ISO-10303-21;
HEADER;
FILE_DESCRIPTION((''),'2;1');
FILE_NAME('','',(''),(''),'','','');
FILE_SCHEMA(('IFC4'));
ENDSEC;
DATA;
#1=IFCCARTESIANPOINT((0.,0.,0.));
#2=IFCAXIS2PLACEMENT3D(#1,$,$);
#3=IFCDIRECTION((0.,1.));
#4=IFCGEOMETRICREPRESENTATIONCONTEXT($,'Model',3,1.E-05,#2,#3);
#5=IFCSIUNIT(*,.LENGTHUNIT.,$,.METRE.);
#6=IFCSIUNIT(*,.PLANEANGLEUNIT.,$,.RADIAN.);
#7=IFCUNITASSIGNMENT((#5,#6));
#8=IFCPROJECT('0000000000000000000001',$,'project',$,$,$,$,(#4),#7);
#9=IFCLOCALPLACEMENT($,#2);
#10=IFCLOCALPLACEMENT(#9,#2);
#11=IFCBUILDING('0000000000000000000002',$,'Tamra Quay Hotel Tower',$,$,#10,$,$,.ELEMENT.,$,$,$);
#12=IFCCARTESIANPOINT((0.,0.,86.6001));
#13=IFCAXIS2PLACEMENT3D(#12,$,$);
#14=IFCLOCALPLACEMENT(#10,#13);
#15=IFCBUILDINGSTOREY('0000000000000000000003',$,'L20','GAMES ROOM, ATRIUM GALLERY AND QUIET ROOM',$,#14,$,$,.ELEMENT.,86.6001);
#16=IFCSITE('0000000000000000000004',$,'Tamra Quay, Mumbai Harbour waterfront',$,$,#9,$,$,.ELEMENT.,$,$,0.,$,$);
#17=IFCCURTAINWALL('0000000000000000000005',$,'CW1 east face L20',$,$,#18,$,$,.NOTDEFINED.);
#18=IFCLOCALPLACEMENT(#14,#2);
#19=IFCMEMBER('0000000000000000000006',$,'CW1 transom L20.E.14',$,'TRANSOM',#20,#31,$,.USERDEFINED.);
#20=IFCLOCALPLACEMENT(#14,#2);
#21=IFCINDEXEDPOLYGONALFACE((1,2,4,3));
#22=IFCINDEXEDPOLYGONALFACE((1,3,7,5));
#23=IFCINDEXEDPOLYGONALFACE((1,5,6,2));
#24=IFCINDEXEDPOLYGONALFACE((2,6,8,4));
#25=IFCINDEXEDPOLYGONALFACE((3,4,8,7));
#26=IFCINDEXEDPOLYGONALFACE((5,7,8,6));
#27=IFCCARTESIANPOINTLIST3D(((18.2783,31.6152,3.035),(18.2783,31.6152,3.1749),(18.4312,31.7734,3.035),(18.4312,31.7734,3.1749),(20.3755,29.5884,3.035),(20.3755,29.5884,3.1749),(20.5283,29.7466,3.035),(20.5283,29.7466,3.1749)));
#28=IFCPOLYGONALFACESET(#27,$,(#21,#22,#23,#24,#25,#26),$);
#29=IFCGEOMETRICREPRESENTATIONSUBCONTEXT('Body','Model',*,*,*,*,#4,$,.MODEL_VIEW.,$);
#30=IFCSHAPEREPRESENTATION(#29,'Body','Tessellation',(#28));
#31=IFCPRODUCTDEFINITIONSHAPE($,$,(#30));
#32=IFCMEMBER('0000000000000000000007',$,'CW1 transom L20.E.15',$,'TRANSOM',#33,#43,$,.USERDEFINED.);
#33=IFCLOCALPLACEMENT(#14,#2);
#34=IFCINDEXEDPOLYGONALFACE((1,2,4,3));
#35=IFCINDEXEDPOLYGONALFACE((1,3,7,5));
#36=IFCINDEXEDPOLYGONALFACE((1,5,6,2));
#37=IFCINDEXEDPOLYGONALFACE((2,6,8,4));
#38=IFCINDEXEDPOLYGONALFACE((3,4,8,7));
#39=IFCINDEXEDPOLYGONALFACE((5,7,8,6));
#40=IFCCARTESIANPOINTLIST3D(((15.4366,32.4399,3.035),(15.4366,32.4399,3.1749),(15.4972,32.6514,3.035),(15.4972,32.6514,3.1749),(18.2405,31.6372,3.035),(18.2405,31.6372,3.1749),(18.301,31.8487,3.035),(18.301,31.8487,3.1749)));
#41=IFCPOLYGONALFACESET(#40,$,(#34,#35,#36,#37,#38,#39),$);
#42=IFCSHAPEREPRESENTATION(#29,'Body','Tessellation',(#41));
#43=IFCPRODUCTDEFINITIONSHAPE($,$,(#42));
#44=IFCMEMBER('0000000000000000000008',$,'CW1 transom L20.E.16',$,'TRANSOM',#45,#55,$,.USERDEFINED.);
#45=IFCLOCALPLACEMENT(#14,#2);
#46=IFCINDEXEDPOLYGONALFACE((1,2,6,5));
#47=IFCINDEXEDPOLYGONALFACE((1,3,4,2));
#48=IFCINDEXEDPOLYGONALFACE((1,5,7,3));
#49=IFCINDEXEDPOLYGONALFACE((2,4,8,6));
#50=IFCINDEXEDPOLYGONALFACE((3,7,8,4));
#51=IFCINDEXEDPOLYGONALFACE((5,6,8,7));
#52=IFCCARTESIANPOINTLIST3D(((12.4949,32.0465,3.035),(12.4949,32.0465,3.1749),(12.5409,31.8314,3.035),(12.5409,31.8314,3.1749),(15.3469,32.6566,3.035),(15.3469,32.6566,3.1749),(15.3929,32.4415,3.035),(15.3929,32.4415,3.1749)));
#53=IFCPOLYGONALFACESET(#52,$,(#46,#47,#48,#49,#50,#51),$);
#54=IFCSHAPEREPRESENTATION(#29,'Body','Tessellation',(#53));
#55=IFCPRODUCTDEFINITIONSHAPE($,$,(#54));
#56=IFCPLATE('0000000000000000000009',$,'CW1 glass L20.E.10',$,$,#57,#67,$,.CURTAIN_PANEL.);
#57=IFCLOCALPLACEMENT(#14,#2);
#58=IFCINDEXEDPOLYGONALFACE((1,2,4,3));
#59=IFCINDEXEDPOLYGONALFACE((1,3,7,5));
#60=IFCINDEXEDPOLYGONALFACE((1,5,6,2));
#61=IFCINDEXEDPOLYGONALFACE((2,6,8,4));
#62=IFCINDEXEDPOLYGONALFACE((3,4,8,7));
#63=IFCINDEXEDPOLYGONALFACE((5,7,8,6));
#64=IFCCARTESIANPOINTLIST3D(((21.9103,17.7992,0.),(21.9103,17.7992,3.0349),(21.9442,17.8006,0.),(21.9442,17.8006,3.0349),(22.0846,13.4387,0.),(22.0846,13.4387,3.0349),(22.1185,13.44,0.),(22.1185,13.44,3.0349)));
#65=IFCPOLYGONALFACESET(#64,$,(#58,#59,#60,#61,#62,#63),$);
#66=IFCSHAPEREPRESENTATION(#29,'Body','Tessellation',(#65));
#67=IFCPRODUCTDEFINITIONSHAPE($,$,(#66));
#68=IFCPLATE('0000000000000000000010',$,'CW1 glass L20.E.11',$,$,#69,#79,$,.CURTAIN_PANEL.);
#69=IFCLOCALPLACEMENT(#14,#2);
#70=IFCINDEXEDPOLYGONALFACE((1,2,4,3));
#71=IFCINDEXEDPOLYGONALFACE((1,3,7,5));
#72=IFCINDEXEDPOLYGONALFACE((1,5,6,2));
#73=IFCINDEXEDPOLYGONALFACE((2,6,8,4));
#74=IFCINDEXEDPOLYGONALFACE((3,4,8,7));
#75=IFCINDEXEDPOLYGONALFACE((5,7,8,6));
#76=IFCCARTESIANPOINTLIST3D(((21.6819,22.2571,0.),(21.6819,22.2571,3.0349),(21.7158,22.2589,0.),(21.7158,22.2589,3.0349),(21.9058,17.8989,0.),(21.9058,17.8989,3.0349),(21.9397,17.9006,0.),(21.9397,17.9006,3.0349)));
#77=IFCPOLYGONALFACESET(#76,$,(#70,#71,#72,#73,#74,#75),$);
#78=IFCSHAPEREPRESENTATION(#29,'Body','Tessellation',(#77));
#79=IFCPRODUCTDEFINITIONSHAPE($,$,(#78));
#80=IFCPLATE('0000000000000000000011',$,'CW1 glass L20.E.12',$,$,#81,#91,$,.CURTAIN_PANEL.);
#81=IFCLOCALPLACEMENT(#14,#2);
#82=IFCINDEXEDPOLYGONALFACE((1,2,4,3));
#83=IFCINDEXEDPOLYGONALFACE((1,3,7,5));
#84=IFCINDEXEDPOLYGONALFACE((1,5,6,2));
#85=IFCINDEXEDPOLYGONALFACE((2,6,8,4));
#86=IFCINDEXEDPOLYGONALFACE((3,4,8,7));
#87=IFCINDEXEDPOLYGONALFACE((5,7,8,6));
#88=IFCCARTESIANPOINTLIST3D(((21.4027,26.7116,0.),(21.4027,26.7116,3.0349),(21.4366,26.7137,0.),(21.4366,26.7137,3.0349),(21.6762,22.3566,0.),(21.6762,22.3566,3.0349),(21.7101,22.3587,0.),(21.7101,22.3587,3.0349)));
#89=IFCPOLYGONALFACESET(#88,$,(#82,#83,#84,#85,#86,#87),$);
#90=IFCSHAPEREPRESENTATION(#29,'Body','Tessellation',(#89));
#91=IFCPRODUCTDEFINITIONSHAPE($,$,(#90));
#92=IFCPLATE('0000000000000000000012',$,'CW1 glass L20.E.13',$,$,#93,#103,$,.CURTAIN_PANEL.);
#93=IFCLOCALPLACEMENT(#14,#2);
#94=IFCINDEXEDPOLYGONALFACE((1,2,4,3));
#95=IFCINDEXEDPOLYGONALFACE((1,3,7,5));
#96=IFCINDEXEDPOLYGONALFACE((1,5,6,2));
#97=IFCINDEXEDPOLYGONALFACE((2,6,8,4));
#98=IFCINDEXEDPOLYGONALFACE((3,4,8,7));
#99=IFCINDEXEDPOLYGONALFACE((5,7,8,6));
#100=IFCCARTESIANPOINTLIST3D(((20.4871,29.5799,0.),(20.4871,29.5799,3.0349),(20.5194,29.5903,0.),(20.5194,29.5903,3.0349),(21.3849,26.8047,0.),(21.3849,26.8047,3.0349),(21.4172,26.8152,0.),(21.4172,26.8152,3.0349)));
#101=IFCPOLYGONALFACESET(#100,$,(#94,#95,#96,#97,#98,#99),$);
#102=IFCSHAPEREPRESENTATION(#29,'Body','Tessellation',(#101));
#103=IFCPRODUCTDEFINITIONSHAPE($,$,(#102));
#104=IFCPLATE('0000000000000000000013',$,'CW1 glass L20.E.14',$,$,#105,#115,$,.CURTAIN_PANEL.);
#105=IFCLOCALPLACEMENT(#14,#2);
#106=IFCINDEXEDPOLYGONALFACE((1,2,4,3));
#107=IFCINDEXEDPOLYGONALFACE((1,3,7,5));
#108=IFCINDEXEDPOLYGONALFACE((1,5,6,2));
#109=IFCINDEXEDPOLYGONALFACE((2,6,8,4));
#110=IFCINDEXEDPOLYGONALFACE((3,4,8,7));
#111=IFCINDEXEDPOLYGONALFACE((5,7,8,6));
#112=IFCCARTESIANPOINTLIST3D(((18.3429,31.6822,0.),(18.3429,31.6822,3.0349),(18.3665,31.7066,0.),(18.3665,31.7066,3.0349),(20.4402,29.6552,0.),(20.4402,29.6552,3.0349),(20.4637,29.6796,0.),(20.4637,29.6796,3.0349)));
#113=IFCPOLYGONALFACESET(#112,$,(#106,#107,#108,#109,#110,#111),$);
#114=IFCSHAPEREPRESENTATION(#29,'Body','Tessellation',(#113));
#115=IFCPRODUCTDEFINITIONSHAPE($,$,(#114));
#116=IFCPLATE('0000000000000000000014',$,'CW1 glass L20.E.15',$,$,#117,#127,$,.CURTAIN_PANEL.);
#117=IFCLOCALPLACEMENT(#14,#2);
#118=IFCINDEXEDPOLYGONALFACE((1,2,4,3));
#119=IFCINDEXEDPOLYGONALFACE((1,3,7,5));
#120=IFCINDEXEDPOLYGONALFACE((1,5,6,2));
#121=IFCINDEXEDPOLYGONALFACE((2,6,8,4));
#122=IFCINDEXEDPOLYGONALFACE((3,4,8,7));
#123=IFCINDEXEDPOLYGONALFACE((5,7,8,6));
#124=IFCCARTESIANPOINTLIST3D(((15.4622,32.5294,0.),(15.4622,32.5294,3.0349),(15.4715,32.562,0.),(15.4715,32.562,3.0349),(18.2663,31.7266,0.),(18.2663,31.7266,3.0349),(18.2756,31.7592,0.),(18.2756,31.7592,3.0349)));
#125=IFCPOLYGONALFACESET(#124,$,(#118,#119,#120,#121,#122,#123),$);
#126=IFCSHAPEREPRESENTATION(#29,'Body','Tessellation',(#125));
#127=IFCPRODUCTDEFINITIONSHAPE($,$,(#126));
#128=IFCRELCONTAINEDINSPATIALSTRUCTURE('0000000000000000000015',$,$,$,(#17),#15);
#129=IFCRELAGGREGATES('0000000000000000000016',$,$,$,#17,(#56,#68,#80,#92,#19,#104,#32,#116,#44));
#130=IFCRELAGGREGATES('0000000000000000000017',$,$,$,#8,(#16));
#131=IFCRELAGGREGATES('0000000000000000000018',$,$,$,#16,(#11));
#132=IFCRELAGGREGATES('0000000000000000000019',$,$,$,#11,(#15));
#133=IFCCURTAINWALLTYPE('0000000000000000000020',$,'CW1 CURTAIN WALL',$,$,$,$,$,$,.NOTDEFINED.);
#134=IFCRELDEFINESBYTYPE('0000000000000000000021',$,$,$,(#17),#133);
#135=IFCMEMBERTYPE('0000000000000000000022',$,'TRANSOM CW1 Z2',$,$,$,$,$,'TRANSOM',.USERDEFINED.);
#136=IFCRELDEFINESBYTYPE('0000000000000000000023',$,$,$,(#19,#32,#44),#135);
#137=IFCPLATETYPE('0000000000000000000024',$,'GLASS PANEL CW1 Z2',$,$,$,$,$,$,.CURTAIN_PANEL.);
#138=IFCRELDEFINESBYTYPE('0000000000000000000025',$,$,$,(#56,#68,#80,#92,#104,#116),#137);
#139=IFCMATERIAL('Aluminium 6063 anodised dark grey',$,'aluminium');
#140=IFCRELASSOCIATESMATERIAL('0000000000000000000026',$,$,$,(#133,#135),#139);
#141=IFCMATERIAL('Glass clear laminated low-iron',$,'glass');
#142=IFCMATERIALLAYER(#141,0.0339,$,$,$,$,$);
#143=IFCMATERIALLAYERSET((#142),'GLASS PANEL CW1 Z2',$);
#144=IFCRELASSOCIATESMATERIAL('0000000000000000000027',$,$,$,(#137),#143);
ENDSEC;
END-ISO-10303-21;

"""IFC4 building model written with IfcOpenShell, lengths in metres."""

from ifc_helpers import new_model, si_unit, direction, frame, origin, origin_2d, place, context, subcontext, project, spatial, rectangle, extrude, material, layer, layer_set, material_profile, profile_set, type_object, element, aggregate, save


model = new_model("IFC4")

# Units and contexts
model_context = context("Model", 3, precision=1e-05, world=origin(), true_north=direction((0.0, 1.0)))
body_context = subcontext(model_context, "Body", "Model", "MODEL_VIEW")
ifc_project = project(units=[si_unit("LENGTHUNIT", "METRE"), si_unit("PLANEANGLEUNIT", "RADIAN")], contexts=[model_context])

# Site, building, storey
site_placement = place(None, origin())
site = spatial("IfcSite", under=ifc_project, at=site_placement, Name="Tamra Quay, Mumbai Harbour waterfront", CompositionType="ELEMENT", RefElevation=0.0)
building_placement = place(site_placement, origin())
building = spatial("IfcBuilding", under=site, at=building_placement, Name="Tamra Quay Hotel Tower", CompositionType="ELEMENT")
storey_placement = place(building_placement, frame((0.0, 0.0, 86.6001)))
storey = spatial("IfcBuildingStorey", under=building, at=storey_placement, Name="L20", Description="GAMES ROOM, ATRIUM GALLERY AND QUIET ROOM", CompositionType="ELEMENT", Elevation=86.6001)

# Curtain wall
ifc_material_1 = material(Name="Aluminium 6063 anodised dark grey", Category="aluminium")
curtain_wall_type = type_object("IfcCurtainWallType", Name="CW1 CURTAIN WALL", PredefinedType="NOTDEFINED", material=ifc_material_1)
curtain_wall_placement = place(storey_placement, origin())
curtain_wall = element("IfcCurtainWall", 1, at=curtain_wall_placement, inside=storey, type_object=curtain_wall_type, Name="CW1 east face L20", PredefinedType="NOTDEFINED")

# Members
ifc_material_profile_1 = material_profile(ifc_material_1, rectangle(XDim=0.22, YDim=0.1399, at=origin_2d()), Name="TRANSOM 220X140")
ifc_profile_set_1 = profile_set([ifc_material_profile_1], Name="Aluminium 6063 anodised dark grey")
member_type_1 = type_object("IfcMemberType", Name="TRANSOM CW1 Z2", ElementType="TRANSOM", PredefinedType="USERDEFINED", material=ifc_profile_set_1)
member_1_placement = place(storey_placement, frame((20.4519, 29.6675, 3.105), z_axis=(-0.719058, 0.69495, 0.0), x_axis=(-0.69495, -0.719058, 0.0)))
member_1 = element("IfcMember", 2, at=member_1_placement, type_object=member_type_1, Name="CW1 transom L20.E.14", ObjectType="TRANSOM", PredefinedType="USERDEFINED", context=body_context, shape_type="SweptSolid", body=[
    extrude(rectangle(XDim=0.22, YDim=0.1399, at=origin_2d()), origin(), (0.0, 0.0, 1.0), 2.9165),
])
member_2_placement = place(storey_placement, frame((18.2708, 31.7429, 3.105), z_axis=(-0.961379, 0.27523, 0.0), x_axis=(-0.27523, -0.961379, 0.0)))
member_2 = element("IfcMember", 3, at=member_2_placement, type_object=member_type_1, Name="CW1 transom L20.E.15", ObjectType="TRANSOM", PredefinedType="USERDEFINED", context=body_context, shape_type="SweptSolid", body=[
    extrude(rectangle(XDim=0.22, YDim=0.1399, at=origin_2d()), origin(), (0.0, 0.0, 1.0), 2.9165),
])
member_3_placement = place(storey_placement, frame((15.3699, 32.5491, 3.105), z_axis=(-0.977876, -0.209186, 0.0), x_axis=(0.209186, -0.977876, 0.0)))
member_3 = element("IfcMember", 4, at=member_3_placement, type_object=member_type_1, Name="CW1 transom L20.E.16", ObjectType="TRANSOM", PredefinedType="USERDEFINED", context=body_context, shape_type="SweptSolid", body=[
    extrude(rectangle(XDim=0.22, YDim=0.1399, at=origin_2d()), origin(), (0.0, 0.0, 1.0), 2.9165),
])

# Plates
ifc_material_2 = material(Name="Glass clear laminated low-iron", Category="glass")
ifc_layer = layer(ifc_material_2, 0.0339)
ifc_layer_set = layer_set([ifc_layer], Name="GLASS PANEL CW1 Z2")
plate_type = type_object("IfcPlateType", Name="GLASS PANEL CW1 Z2", PredefinedType="CURTAIN_PANEL", material=ifc_layer_set)
plate_1_placement = place(storey_placement, frame((22.0144, 15.6196, 0.0), z_axis=(0.0, 0.0, 1.0), x_axis=(-0.039944, 0.999202, 0.0)))
plate_1 = element("IfcPlate", 5, at=plate_1_placement, type_object=plate_type, Name="CW1 glass L20.E.10", PredefinedType="CURTAIN_PANEL", context=body_context, shape_type="SweptSolid", body=[
    extrude(rectangle(XDim=4.364, YDim=0.0339, at=origin_2d()), origin(), (0.0, 0.0, 1.0), 3.0349),
])
plate_2_placement = place(storey_placement, frame((21.8108, 20.0789, 0.0), z_axis=(0.0, 0.0, 1.0), x_axis=(-0.051321, 0.998682, 0.0)))
plate_2 = element("IfcPlate", 6, at=plate_2_placement, type_object=plate_type, Name="CW1 glass L20.E.11", PredefinedType="CURTAIN_PANEL", context=body_context, shape_type="SweptSolid", body=[
    extrude(rectangle(XDim=4.364, YDim=0.0339, at=origin_2d()), origin(), (0.0, 0.0, 1.0), 3.0349),
])
plate_3_placement = place(storey_placement, frame((21.5564, 24.5352, 0.0), z_axis=(0.0, 0.0, 1.0), x_axis=(-0.06267, 0.998034, 0.0)))
plate_3 = element("IfcPlate", 7, at=plate_3_placement, type_object=plate_type, Name="CW1 glass L20.E.12", PredefinedType="CURTAIN_PANEL", context=body_context, shape_type="SweptSolid", body=[
    extrude(rectangle(XDim=4.3635, YDim=0.0339, at=origin_2d()), origin(), (0.0, 0.0, 1.0), 3.0349),
])
plate_4_placement = place(storey_placement, frame((20.9521, 28.1975, 0.0), z_axis=(0.0, 0.0, 1.0), x_axis=(-0.307791, 0.951454, 0.0)))
plate_4 = element("IfcPlate", 8, at=plate_4_placement, type_object=plate_type, Name="CW1 glass L20.E.13", PredefinedType="CURTAIN_PANEL", context=body_context, shape_type="SweptSolid", body=[
    extrude(rectangle(XDim=2.9167, YDim=0.0339, at=origin_2d()), origin(), (0.0, 0.0, 1.0), 3.0349),
])
plate_5_placement = place(storey_placement, frame((19.4033, 30.6809, 0.0), z_axis=(0.0, 0.0, 1.0), x_axis=(-0.719041, 0.694967, 0.0)))
plate_5 = element("IfcPlate", 9, at=plate_5_placement, type_object=plate_type, Name="CW1 glass L20.E.14", PredefinedType="CURTAIN_PANEL", context=body_context, shape_type="SweptSolid", body=[
    extrude(rectangle(XDim=2.9167, YDim=0.0339, at=origin_2d()), origin(), (0.0, 0.0, 1.0), 3.0349),
])
plate_6_placement = place(storey_placement, frame((16.8689, 32.1443, 0.0), z_axis=(0.0, 0.0, 1.0), x_axis=(-0.96138, 0.275224, 0.0)))
plate_6 = element("IfcPlate", 10, at=plate_6_placement, type_object=plate_type, Name="CW1 glass L20.E.15", PredefinedType="CURTAIN_PANEL", context=body_context, shape_type="SweptSolid", body=[
    extrude(rectangle(XDim=2.9167, YDim=0.0339, at=origin_2d()), origin(), (0.0, 0.0, 1.0), 3.0349),
])
aggregate(curtain_wall, [plate_1, plate_2, plate_3, plate_4, member_1, plate_5, member_2, plate_6, member_3])

save(model, "model.ifc")
